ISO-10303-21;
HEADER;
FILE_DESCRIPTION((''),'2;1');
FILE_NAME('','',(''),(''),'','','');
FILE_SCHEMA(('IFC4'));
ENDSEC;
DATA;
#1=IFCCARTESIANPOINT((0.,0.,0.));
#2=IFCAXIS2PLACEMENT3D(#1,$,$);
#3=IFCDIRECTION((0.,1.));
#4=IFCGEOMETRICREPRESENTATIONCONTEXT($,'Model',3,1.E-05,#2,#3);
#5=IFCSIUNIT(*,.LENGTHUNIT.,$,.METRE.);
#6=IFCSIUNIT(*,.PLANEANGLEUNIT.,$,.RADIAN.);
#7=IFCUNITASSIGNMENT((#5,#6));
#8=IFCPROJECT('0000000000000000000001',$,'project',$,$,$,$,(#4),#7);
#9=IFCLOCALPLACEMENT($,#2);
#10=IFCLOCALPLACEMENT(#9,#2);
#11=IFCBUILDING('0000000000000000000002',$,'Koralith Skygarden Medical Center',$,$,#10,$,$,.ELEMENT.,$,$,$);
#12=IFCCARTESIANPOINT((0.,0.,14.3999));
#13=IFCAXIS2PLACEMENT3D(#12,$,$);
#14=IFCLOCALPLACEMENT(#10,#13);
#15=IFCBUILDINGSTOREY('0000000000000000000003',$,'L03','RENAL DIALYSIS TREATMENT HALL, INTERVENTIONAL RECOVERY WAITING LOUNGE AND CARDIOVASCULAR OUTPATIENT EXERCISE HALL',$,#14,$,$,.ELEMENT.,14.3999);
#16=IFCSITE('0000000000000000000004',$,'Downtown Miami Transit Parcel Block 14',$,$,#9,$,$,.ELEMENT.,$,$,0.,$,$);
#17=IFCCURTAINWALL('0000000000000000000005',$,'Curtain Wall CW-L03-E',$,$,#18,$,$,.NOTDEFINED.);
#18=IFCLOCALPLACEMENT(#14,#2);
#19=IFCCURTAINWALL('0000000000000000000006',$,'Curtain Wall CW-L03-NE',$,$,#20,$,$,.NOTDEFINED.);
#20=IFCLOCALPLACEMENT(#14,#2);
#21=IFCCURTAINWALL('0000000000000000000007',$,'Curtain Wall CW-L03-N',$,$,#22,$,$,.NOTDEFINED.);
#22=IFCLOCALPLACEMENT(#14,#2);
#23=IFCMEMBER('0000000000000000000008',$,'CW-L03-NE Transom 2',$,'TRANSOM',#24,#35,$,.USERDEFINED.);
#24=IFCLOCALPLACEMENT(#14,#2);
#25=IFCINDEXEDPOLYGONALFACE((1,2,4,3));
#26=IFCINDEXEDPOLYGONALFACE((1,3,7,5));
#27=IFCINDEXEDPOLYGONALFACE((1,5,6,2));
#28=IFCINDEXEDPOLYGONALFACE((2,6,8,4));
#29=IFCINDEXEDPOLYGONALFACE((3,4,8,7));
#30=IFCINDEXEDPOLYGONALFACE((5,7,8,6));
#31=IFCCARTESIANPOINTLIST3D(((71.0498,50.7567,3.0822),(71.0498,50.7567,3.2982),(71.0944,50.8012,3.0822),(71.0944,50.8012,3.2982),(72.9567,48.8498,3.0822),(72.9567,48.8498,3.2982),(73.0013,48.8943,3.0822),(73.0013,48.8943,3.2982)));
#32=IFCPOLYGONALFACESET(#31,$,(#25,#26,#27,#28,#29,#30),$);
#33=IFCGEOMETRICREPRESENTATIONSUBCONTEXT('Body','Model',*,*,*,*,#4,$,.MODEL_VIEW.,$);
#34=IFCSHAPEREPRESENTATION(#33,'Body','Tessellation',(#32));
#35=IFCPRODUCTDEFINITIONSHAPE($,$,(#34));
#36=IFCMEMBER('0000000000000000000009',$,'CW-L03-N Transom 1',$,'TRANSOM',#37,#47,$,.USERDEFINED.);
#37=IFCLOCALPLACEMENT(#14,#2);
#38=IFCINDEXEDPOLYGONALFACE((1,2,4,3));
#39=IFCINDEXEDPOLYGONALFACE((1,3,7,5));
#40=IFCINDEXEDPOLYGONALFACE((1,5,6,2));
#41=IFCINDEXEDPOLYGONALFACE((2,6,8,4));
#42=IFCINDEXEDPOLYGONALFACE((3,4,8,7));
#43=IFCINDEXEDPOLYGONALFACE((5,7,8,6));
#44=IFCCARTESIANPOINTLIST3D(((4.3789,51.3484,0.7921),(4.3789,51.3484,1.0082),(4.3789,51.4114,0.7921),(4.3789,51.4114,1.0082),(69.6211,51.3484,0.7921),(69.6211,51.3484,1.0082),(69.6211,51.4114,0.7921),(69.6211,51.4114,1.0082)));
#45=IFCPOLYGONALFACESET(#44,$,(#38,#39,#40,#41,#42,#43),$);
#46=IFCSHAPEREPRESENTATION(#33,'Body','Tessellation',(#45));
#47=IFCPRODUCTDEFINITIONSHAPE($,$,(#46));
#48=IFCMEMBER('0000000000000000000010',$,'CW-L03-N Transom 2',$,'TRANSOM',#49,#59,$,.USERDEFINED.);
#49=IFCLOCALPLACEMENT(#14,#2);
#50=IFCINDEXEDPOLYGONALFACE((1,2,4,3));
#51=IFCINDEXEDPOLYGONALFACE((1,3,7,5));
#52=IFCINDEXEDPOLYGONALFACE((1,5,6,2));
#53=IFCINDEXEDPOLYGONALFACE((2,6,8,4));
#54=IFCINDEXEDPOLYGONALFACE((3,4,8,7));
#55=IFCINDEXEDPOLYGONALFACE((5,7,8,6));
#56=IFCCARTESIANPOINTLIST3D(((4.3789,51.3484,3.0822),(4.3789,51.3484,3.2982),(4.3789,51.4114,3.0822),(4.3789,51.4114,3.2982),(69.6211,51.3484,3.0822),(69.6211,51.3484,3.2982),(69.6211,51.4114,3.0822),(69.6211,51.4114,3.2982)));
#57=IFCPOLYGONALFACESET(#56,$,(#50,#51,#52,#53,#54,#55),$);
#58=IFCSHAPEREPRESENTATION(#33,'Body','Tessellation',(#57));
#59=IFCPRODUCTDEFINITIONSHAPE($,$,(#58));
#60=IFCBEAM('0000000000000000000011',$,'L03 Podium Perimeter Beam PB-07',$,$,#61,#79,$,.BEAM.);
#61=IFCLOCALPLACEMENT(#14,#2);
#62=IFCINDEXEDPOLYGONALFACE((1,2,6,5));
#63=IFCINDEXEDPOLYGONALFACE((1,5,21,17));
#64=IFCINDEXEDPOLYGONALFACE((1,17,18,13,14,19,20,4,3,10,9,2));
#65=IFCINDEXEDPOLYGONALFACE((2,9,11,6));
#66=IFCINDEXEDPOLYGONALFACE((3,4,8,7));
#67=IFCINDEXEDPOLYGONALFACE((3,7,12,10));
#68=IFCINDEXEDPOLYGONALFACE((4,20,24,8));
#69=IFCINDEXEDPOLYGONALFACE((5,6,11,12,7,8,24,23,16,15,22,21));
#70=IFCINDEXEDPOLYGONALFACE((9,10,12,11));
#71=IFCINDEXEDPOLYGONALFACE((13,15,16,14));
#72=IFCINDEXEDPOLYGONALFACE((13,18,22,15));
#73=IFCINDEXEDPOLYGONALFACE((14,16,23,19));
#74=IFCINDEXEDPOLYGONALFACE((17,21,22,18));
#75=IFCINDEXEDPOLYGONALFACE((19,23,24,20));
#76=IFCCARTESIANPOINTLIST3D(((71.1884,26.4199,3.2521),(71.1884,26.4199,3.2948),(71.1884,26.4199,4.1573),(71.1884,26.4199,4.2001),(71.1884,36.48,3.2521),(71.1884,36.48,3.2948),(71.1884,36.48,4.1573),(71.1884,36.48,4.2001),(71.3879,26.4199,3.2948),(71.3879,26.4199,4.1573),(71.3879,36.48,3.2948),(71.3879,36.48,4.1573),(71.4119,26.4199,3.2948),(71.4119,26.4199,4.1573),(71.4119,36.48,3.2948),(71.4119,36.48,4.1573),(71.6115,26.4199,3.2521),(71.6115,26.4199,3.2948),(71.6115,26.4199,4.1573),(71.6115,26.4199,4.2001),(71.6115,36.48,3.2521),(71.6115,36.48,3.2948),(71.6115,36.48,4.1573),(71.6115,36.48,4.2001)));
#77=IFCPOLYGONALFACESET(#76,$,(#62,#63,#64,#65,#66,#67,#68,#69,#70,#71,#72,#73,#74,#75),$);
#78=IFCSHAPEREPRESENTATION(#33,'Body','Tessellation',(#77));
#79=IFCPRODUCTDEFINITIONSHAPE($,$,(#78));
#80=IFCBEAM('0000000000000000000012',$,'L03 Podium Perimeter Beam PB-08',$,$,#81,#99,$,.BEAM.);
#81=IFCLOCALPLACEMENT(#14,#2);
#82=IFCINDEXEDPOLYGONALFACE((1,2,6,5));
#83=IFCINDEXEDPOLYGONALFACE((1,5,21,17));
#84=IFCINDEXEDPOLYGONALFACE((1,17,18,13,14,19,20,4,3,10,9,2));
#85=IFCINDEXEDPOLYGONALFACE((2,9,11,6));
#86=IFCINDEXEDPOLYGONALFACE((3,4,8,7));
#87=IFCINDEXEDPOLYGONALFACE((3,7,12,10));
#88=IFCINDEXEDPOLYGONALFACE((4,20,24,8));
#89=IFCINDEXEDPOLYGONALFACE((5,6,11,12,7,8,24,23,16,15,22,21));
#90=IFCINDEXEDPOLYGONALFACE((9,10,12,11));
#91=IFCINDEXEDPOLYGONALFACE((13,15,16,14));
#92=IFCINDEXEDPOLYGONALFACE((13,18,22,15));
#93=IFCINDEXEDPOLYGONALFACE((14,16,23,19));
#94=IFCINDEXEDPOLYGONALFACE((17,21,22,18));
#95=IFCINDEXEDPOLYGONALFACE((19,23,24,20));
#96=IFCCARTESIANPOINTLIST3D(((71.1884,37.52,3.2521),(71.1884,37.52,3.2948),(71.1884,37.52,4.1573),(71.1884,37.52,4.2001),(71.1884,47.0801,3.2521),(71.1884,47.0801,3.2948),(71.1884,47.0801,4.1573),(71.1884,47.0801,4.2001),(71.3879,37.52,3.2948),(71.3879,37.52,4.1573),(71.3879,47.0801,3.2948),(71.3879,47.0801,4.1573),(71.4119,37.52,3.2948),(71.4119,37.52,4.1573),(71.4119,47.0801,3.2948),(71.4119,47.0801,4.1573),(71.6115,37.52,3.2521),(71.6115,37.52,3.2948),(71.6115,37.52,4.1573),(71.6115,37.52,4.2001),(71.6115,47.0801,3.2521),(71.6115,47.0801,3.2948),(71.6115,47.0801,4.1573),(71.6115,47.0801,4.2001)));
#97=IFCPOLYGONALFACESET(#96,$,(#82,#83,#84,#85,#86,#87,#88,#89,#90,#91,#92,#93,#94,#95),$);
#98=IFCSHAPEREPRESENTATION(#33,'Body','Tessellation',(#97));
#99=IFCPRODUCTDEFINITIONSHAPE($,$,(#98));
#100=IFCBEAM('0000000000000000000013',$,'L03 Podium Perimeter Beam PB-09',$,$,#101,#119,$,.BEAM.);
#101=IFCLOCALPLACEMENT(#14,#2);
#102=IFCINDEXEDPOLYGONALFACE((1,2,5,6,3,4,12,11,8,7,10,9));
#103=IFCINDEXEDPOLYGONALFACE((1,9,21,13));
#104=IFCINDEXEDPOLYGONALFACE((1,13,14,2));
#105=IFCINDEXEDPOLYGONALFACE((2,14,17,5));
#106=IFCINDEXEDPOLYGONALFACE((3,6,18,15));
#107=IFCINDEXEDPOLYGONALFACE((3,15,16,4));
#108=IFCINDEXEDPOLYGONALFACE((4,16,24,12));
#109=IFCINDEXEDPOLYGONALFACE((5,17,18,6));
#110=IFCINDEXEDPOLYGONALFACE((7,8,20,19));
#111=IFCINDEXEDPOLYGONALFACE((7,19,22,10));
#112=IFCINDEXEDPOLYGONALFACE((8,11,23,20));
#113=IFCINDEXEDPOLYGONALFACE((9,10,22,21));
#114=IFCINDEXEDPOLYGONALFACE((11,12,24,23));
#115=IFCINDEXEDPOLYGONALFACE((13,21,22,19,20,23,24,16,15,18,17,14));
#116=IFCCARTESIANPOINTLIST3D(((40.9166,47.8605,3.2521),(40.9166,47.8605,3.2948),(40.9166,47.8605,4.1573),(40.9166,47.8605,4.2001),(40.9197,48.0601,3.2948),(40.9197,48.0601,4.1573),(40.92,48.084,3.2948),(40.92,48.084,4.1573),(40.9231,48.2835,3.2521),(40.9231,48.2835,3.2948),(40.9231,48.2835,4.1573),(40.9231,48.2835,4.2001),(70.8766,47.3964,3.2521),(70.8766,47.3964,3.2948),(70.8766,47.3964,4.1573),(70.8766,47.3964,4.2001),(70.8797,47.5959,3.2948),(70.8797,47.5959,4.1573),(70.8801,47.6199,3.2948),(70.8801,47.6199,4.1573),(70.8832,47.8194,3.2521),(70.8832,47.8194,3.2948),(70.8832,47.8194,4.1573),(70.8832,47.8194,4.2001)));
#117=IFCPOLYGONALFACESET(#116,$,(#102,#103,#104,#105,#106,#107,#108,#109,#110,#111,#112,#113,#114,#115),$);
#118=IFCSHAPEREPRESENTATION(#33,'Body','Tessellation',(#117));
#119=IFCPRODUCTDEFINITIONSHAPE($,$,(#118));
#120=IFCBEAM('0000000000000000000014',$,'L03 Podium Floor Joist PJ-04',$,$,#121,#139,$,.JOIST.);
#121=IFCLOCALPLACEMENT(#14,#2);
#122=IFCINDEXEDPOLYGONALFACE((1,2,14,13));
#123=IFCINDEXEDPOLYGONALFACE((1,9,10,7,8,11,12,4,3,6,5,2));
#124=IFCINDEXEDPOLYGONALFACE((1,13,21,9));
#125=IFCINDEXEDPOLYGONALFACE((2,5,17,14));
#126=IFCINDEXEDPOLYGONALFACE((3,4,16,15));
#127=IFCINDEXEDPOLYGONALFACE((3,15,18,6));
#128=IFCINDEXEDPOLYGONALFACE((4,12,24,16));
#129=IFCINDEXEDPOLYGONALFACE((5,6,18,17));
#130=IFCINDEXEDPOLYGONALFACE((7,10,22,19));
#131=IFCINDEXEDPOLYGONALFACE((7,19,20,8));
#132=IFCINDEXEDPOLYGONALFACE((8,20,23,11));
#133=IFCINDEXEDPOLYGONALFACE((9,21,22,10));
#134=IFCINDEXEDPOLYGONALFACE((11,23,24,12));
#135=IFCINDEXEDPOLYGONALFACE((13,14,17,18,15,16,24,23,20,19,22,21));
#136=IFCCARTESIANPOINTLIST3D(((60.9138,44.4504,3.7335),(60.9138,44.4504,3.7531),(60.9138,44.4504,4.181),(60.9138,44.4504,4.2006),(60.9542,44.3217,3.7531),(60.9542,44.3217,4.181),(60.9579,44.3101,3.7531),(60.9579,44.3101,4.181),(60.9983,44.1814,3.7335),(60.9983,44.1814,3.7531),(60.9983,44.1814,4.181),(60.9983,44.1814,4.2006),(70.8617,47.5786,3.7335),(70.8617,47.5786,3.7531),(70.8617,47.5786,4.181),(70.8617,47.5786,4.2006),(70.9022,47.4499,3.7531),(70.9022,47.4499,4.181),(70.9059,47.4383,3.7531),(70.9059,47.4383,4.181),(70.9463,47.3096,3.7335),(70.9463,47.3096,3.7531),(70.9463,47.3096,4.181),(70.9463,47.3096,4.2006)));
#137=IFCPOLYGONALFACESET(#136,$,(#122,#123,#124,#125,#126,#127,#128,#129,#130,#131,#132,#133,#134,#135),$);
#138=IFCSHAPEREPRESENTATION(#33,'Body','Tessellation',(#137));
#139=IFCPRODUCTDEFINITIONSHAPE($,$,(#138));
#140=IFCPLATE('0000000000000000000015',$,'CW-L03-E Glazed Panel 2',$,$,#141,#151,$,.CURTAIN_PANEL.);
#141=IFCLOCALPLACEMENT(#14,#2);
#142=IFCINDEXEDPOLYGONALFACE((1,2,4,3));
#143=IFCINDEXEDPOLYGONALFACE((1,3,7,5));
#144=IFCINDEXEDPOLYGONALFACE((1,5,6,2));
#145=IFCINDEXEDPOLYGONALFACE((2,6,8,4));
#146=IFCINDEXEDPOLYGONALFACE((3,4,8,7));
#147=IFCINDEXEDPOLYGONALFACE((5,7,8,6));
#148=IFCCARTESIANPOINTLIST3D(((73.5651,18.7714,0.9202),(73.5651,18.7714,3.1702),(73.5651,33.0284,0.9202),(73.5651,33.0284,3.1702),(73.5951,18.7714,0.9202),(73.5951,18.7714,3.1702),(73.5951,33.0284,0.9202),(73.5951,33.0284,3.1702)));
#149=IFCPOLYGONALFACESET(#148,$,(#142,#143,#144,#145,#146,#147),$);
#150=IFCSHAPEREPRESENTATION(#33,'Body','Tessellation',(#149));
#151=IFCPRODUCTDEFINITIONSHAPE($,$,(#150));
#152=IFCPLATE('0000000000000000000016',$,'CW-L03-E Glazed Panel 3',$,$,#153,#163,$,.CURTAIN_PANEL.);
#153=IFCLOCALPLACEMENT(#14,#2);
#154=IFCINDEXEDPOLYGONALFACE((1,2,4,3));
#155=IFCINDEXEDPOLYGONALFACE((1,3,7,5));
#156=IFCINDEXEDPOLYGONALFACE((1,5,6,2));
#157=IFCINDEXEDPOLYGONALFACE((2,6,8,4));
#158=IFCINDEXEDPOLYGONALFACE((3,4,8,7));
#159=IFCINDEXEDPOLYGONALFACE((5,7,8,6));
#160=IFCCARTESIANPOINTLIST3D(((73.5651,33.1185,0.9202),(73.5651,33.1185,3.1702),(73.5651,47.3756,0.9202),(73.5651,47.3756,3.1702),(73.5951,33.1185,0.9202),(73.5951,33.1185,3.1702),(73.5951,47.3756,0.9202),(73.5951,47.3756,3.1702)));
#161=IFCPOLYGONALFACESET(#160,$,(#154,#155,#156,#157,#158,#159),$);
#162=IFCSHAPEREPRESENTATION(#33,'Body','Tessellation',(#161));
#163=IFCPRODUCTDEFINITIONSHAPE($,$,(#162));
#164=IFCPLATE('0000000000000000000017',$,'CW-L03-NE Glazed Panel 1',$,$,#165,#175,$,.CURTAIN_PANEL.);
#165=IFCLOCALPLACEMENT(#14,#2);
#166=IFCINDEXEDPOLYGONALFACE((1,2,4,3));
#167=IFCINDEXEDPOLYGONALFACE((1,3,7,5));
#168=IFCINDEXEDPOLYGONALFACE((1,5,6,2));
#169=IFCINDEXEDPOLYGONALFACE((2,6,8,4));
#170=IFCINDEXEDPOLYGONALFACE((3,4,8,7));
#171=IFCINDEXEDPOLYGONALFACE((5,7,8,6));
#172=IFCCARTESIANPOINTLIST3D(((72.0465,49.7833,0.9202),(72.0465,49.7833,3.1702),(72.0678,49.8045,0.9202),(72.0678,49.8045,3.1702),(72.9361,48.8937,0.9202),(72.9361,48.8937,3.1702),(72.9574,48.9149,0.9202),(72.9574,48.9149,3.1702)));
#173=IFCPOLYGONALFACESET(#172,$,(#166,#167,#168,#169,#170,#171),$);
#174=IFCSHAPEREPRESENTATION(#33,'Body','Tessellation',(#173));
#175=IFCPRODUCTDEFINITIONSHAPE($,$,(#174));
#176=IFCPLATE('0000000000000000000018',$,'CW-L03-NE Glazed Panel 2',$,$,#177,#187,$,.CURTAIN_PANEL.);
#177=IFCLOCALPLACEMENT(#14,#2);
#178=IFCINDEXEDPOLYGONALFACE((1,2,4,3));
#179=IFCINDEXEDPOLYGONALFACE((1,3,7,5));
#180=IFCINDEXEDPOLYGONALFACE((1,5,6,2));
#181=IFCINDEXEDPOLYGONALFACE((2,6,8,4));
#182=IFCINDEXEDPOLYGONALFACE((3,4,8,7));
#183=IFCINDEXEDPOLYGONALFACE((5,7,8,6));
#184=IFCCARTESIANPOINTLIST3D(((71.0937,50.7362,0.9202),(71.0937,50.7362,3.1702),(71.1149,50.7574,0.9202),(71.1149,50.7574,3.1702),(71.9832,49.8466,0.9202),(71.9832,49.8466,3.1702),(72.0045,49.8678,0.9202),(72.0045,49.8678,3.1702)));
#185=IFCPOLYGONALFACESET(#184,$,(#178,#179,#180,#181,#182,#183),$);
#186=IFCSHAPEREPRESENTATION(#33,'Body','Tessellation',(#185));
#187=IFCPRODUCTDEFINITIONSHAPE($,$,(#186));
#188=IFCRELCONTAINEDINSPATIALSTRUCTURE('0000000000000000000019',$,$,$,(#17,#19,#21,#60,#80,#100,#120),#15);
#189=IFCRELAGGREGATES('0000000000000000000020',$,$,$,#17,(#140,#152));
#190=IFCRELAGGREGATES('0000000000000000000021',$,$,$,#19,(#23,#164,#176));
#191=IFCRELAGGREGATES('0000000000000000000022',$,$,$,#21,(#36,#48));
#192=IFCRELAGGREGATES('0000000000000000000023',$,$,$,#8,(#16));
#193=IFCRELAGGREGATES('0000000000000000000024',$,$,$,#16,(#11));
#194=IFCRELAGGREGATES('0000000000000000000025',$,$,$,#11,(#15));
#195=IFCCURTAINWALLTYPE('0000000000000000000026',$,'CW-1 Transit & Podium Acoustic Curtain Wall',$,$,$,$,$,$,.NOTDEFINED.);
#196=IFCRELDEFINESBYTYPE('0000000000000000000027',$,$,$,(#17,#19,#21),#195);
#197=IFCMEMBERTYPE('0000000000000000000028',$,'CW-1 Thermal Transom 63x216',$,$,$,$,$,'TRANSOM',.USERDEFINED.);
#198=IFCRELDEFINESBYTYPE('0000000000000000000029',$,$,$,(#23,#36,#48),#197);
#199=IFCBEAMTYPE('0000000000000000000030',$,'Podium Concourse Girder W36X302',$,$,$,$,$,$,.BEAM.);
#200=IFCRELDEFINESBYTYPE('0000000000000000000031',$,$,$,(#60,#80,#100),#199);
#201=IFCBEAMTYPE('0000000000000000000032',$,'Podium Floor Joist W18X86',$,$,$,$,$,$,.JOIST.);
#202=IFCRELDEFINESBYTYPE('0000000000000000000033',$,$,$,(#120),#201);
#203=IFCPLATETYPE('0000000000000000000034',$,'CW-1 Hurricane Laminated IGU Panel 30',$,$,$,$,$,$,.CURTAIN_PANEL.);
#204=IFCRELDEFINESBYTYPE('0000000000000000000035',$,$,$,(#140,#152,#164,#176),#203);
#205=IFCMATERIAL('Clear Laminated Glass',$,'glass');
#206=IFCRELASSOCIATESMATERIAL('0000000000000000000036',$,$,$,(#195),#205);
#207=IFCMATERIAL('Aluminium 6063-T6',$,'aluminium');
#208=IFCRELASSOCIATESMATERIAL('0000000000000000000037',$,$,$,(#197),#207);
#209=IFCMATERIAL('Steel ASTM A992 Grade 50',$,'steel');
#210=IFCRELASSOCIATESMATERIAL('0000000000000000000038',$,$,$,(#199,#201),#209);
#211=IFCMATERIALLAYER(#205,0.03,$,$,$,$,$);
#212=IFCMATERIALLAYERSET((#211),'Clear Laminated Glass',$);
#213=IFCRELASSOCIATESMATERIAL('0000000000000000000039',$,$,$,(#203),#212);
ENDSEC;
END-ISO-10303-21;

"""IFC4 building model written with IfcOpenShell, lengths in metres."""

from ifc_helpers import new_model, si_unit, direction, frame, origin, origin_2d, place, context, subcontext, project, spatial, rectangle, i_section, extrude, material, layer, layer_set, material_profile, profile_set, type_object, element, aggregate, save


model = new_model("IFC4")

# Units and contexts
model_context = context("Model", 3, precision=1e-05, world=origin(), true_north=direction((0.0, 1.0)))
body_context = subcontext(model_context, "Body", "Model", "MODEL_VIEW")
ifc_project = project(units=[si_unit("LENGTHUNIT", "METRE"), si_unit("PLANEANGLEUNIT", "RADIAN")], contexts=[model_context])

# Site, building, storey
site_placement = place(None, origin())
site = spatial("IfcSite", under=ifc_project, at=site_placement, Name="Downtown Miami Transit Parcel Block 14", CompositionType="ELEMENT", RefElevation=0.0)
building_placement = place(site_placement, origin())
building = spatial("IfcBuilding", under=site, at=building_placement, Name="Koralith Skygarden Medical Center", CompositionType="ELEMENT")
storey_placement = place(building_placement, frame((0.0, 0.0, 14.3999)))
storey = spatial("IfcBuildingStorey", under=building, at=storey_placement, Name="L03", Description="RENAL DIALYSIS TREATMENT HALL, INTERVENTIONAL RECOVERY WAITING LOUNGE AND CARDIOVASCULAR OUTPATIENT EXERCISE HALL", CompositionType="ELEMENT", Elevation=14.3999)

# Curtain walls
ifc_material_1 = material(Name="Clear Laminated Glass", Category="glass")
curtain_wall_type = type_object("IfcCurtainWallType", Name="CW-1 Transit & Podium Acoustic Curtain Wall", PredefinedType="NOTDEFINED", material=ifc_material_1)
curtain_wall_1_placement = place(storey_placement, origin())
curtain_wall_1 = element("IfcCurtainWall", 1, at=curtain_wall_1_placement, inside=storey, type_object=curtain_wall_type, Name="Curtain Wall CW-L03-E", PredefinedType="NOTDEFINED")
ifc_material_2 = material(Name="Aluminium 6063-T6", Category="aluminium")
curtain_wall_2_placement = place(storey_placement, origin())
curtain_wall_2 = element("IfcCurtainWall", 2, at=curtain_wall_2_placement, inside=storey, type_object=curtain_wall_type, Name="Curtain Wall CW-L03-NE", PredefinedType="NOTDEFINED")

# Curtain wall
curtain_wall_3_placement = place(storey_placement, origin())
curtain_wall_3 = element("IfcCurtainWall", 3, at=curtain_wall_3_placement, inside=storey, type_object=curtain_wall_type, Name="Curtain Wall CW-L03-N", PredefinedType="NOTDEFINED")

# Members
ifc_material_profile_1 = material_profile(ifc_material_2, rectangle(XDim=0.063, YDim=0.2161, at=origin_2d()), Name="TRN63X216")
ifc_profile_set_1 = profile_set([ifc_material_profile_1], Name="Aluminium 6063-T6")
member_type_1 = type_object("IfcMemberType", Name="CW-1 Thermal Transom 63x216", ElementType="TRANSOM", PredefinedType="USERDEFINED", material=ifc_profile_set_1)
member_1_placement = place(storey_placement, frame((72.979, 48.8721, 3.1902), z_axis=(-0.707107, 0.707107, 0.0), x_axis=(-0.707107, -0.707107, 0.0)))
member_1 = element("IfcMember", 4, at=member_1_placement, type_object=member_type_1, Name="CW-L03-NE Transom 2", ObjectType="TRANSOM", PredefinedType="USERDEFINED", context=body_context, shape_type="SweptSolid", body=[
    extrude(rectangle(XDim=0.063, YDim=0.2161, at=origin_2d()), origin(), (0.0, 0.0, 1.0), 2.6968),
])
member_2_placement = place(storey_placement, frame((69.6211, 51.3799, 0.9001), z_axis=(-1.0, 0.0, 0.0), x_axis=(0.0, -1.0, 0.0)))
member_2 = element("IfcMember", 5, at=member_2_placement, type_object=member_type_1, Name="CW-L03-N Transom 1", ObjectType="TRANSOM", PredefinedType="USERDEFINED", context=body_context, shape_type="SweptSolid", body=[
    extrude(rectangle(XDim=0.063, YDim=0.2161, at=origin_2d()), origin(), (0.0, 0.0, 1.0), 65.2422),
])
member_3_placement = place(storey_placement, frame((69.6211, 51.3799, 3.1902), z_axis=(-1.0, 0.0, 0.0), x_axis=(0.0, -1.0, 0.0)))
member_3 = element("IfcMember", 6, at=member_3_placement, type_object=member_type_1, Name="CW-L03-N Transom 2", ObjectType="TRANSOM", PredefinedType="USERDEFINED", context=body_context, shape_type="SweptSolid", body=[
    extrude(rectangle(XDim=0.063, YDim=0.2161, at=origin_2d()), origin(), (0.0, 0.0, 1.0), 65.2422),
])

# Beams
ifc_material_3 = material(Name="Steel ASTM A992 Grade 50", Category="steel")
ifc_material_profile_2 = material_profile(ifc_material_3, i_section(OverallWidth=0.4231, OverallDepth=0.948, WebThickness=0.0239, FlangeThickness=0.0427, at=origin_2d()), Name="W36X302")
ifc_profile_set_2 = profile_set([ifc_material_profile_2], Name="Steel ASTM A992 Grade 50")
beam_type_1 = type_object("IfcBeamType", Name="Podium Concourse Girder W36X302", PredefinedType="BEAM", material=ifc_profile_set_2)
beam_1_placement = place(storey_placement, frame((71.3999, 26.4199, 3.7261), z_axis=(0.0, 1.0, 0.0), x_axis=(-1.0, 0.0, 0.0)))
element("IfcBeam", 7, at=beam_1_placement, inside=storey, type_object=beam_type_1, Name="L03 Podium Perimeter Beam PB-07", PredefinedType="BEAM", context=body_context, shape_type="SweptSolid", body=[
    extrude(i_section(OverallWidth=0.4231, OverallDepth=0.948, WebThickness=0.0239, FlangeThickness=0.0427, at=origin_2d()), origin(), (0.0, 0.0, 1.0), 10.0601),
])
beam_2_placement = place(storey_placement, frame((71.3999, 37.52, 3.7261), z_axis=(0.0, 1.0, 0.0), x_axis=(-1.0, 0.0, 0.0)))
element("IfcBeam", 8, at=beam_2_placement, inside=storey, type_object=beam_type_1, Name="L03 Podium Perimeter Beam PB-08", PredefinedType="BEAM", context=body_context, shape_type="SweptSolid", body=[
    extrude(i_section(OverallWidth=0.4231, OverallDepth=0.948, WebThickness=0.0239, FlangeThickness=0.0427, at=origin_2d()), origin(), (0.0, 0.0, 1.0), 9.5601),
])
beam_3_placement = place(storey_placement, frame((70.8799, 47.6079, 3.7261), z_axis=(-0.99988, 0.015489, 0.0), x_axis=(-0.015489, -0.99988, 0.0)))
element("IfcBeam", 9, at=beam_3_placement, inside=storey, type_object=beam_type_1, Name="L03 Podium Perimeter Beam PB-09", PredefinedType="BEAM", context=body_context, shape_type="SweptSolid", body=[
    extrude(i_section(OverallWidth=0.4231, OverallDepth=0.948, WebThickness=0.0239, FlangeThickness=0.0427, at=origin_2d()), origin(), (0.0, 0.0, 1.0), 29.9636),
])
ifc_material_profile_3 = material_profile(ifc_material_3, i_section(OverallWidth=0.282, OverallDepth=0.467, WebThickness=0.0122, FlangeThickness=0.0195, at=origin_2d()), Name="W18X86")
ifc_profile_set_3 = profile_set([ifc_material_profile_3], Name="Steel ASTM A992 Grade 50")
beam_type_2 = type_object("IfcBeamType", Name="Podium Floor Joist W18X86", PredefinedType="JOIST", material=ifc_profile_set_3)
beam_4_placement = place(storey_placement, frame((60.9561, 44.3159, 3.967), z_axis=(0.953948, 0.299971, 0.0), x_axis=(-0.299971, 0.953948, 0.0)))
element("IfcBeam", 10, at=beam_4_placement, inside=storey, type_object=beam_type_2, Name="L03 Podium Floor Joist PJ-04", PredefinedType="JOIST", context=body_context, shape_type="SweptSolid", body=[
    extrude(i_section(OverallWidth=0.282, OverallDepth=0.467, WebThickness=0.0122, FlangeThickness=0.0195, at=origin_2d()), origin(), (0.0, 0.0, 1.0), 10.4282),
])

# Plates
ifc_layer_1 = layer(ifc_material_1, 0.03)
ifc_layer_set_1 = layer_set([ifc_layer_1], Name="Clear Laminated Glass")
plate_type_1 = type_object("IfcPlateType", Name="CW-1 Hurricane Laminated IGU Panel 30", PredefinedType="CURTAIN_PANEL", material=ifc_layer_set_1)
plate_1_placement = place(storey_placement, frame((73.5801, 25.8999, 0.9202), z_axis=(0.0, 0.0, 1.0), x_axis=(0.0, 1.0, 0.0)))
plate_1 = element("IfcPlate", 11, at=plate_1_placement, type_object=plate_type_1, Name="CW-L03-E Glazed Panel 2", PredefinedType="CURTAIN_PANEL", context=body_context, shape_type="SweptSolid", body=[
    extrude(rectangle(XDim=14.2571, YDim=0.03, at=origin_2d()), origin(), (0.0, 0.0, 1.0), 2.25),
])
plate_2_placement = place(storey_placement, frame((73.5801, 40.2471, 0.9202), z_axis=(0.0, 0.0, 1.0), x_axis=(0.0, 1.0, 0.0)))
plate_2 = element("IfcPlate", 12, at=plate_2_placement, type_object=plate_type_1, Name="CW-L03-E Glazed Panel 3", PredefinedType="CURTAIN_PANEL", context=body_context, shape_type="SweptSolid", body=[
    extrude(rectangle(XDim=14.2571, YDim=0.03, at=origin_2d()), origin(), (0.0, 0.0, 1.0), 2.25),
])
aggregate(curtain_wall_1, [plate_1, plate_2])
plate_3_placement = place(storey_placement, frame((72.502, 49.3491, 0.9202), z_axis=(0.0, 0.0, 1.0), x_axis=(-0.707107, 0.707107, 0.0)))
plate_3 = element("IfcPlate", 13, at=plate_3_placement, type_object=plate_type_1, Name="CW-L03-NE Glazed Panel 1", PredefinedType="CURTAIN_PANEL", context=body_context, shape_type="SweptSolid", body=[
    extrude(rectangle(XDim=1.2581, YDim=0.03, at=origin_2d()), origin(), (0.0, 0.0, 1.0), 2.25),
])
plate_4_placement = place(storey_placement, frame((71.5491, 50.302, 0.9202), z_axis=(0.0, 0.0, 1.0), x_axis=(-0.707107, 0.707107, 0.0)))
plate_4 = element("IfcPlate", 14, at=plate_4_placement, type_object=plate_type_1, Name="CW-L03-NE Glazed Panel 2", PredefinedType="CURTAIN_PANEL", context=body_context, shape_type="SweptSolid", body=[
    extrude(rectangle(XDim=1.2581, YDim=0.03, at=origin_2d()), origin(), (0.0, 0.0, 1.0), 2.25),
])
aggregate(curtain_wall_2, [member_1, plate_3, plate_4])
aggregate(curtain_wall_3, [member_2, member_3])

save(model, "model.ifc")
